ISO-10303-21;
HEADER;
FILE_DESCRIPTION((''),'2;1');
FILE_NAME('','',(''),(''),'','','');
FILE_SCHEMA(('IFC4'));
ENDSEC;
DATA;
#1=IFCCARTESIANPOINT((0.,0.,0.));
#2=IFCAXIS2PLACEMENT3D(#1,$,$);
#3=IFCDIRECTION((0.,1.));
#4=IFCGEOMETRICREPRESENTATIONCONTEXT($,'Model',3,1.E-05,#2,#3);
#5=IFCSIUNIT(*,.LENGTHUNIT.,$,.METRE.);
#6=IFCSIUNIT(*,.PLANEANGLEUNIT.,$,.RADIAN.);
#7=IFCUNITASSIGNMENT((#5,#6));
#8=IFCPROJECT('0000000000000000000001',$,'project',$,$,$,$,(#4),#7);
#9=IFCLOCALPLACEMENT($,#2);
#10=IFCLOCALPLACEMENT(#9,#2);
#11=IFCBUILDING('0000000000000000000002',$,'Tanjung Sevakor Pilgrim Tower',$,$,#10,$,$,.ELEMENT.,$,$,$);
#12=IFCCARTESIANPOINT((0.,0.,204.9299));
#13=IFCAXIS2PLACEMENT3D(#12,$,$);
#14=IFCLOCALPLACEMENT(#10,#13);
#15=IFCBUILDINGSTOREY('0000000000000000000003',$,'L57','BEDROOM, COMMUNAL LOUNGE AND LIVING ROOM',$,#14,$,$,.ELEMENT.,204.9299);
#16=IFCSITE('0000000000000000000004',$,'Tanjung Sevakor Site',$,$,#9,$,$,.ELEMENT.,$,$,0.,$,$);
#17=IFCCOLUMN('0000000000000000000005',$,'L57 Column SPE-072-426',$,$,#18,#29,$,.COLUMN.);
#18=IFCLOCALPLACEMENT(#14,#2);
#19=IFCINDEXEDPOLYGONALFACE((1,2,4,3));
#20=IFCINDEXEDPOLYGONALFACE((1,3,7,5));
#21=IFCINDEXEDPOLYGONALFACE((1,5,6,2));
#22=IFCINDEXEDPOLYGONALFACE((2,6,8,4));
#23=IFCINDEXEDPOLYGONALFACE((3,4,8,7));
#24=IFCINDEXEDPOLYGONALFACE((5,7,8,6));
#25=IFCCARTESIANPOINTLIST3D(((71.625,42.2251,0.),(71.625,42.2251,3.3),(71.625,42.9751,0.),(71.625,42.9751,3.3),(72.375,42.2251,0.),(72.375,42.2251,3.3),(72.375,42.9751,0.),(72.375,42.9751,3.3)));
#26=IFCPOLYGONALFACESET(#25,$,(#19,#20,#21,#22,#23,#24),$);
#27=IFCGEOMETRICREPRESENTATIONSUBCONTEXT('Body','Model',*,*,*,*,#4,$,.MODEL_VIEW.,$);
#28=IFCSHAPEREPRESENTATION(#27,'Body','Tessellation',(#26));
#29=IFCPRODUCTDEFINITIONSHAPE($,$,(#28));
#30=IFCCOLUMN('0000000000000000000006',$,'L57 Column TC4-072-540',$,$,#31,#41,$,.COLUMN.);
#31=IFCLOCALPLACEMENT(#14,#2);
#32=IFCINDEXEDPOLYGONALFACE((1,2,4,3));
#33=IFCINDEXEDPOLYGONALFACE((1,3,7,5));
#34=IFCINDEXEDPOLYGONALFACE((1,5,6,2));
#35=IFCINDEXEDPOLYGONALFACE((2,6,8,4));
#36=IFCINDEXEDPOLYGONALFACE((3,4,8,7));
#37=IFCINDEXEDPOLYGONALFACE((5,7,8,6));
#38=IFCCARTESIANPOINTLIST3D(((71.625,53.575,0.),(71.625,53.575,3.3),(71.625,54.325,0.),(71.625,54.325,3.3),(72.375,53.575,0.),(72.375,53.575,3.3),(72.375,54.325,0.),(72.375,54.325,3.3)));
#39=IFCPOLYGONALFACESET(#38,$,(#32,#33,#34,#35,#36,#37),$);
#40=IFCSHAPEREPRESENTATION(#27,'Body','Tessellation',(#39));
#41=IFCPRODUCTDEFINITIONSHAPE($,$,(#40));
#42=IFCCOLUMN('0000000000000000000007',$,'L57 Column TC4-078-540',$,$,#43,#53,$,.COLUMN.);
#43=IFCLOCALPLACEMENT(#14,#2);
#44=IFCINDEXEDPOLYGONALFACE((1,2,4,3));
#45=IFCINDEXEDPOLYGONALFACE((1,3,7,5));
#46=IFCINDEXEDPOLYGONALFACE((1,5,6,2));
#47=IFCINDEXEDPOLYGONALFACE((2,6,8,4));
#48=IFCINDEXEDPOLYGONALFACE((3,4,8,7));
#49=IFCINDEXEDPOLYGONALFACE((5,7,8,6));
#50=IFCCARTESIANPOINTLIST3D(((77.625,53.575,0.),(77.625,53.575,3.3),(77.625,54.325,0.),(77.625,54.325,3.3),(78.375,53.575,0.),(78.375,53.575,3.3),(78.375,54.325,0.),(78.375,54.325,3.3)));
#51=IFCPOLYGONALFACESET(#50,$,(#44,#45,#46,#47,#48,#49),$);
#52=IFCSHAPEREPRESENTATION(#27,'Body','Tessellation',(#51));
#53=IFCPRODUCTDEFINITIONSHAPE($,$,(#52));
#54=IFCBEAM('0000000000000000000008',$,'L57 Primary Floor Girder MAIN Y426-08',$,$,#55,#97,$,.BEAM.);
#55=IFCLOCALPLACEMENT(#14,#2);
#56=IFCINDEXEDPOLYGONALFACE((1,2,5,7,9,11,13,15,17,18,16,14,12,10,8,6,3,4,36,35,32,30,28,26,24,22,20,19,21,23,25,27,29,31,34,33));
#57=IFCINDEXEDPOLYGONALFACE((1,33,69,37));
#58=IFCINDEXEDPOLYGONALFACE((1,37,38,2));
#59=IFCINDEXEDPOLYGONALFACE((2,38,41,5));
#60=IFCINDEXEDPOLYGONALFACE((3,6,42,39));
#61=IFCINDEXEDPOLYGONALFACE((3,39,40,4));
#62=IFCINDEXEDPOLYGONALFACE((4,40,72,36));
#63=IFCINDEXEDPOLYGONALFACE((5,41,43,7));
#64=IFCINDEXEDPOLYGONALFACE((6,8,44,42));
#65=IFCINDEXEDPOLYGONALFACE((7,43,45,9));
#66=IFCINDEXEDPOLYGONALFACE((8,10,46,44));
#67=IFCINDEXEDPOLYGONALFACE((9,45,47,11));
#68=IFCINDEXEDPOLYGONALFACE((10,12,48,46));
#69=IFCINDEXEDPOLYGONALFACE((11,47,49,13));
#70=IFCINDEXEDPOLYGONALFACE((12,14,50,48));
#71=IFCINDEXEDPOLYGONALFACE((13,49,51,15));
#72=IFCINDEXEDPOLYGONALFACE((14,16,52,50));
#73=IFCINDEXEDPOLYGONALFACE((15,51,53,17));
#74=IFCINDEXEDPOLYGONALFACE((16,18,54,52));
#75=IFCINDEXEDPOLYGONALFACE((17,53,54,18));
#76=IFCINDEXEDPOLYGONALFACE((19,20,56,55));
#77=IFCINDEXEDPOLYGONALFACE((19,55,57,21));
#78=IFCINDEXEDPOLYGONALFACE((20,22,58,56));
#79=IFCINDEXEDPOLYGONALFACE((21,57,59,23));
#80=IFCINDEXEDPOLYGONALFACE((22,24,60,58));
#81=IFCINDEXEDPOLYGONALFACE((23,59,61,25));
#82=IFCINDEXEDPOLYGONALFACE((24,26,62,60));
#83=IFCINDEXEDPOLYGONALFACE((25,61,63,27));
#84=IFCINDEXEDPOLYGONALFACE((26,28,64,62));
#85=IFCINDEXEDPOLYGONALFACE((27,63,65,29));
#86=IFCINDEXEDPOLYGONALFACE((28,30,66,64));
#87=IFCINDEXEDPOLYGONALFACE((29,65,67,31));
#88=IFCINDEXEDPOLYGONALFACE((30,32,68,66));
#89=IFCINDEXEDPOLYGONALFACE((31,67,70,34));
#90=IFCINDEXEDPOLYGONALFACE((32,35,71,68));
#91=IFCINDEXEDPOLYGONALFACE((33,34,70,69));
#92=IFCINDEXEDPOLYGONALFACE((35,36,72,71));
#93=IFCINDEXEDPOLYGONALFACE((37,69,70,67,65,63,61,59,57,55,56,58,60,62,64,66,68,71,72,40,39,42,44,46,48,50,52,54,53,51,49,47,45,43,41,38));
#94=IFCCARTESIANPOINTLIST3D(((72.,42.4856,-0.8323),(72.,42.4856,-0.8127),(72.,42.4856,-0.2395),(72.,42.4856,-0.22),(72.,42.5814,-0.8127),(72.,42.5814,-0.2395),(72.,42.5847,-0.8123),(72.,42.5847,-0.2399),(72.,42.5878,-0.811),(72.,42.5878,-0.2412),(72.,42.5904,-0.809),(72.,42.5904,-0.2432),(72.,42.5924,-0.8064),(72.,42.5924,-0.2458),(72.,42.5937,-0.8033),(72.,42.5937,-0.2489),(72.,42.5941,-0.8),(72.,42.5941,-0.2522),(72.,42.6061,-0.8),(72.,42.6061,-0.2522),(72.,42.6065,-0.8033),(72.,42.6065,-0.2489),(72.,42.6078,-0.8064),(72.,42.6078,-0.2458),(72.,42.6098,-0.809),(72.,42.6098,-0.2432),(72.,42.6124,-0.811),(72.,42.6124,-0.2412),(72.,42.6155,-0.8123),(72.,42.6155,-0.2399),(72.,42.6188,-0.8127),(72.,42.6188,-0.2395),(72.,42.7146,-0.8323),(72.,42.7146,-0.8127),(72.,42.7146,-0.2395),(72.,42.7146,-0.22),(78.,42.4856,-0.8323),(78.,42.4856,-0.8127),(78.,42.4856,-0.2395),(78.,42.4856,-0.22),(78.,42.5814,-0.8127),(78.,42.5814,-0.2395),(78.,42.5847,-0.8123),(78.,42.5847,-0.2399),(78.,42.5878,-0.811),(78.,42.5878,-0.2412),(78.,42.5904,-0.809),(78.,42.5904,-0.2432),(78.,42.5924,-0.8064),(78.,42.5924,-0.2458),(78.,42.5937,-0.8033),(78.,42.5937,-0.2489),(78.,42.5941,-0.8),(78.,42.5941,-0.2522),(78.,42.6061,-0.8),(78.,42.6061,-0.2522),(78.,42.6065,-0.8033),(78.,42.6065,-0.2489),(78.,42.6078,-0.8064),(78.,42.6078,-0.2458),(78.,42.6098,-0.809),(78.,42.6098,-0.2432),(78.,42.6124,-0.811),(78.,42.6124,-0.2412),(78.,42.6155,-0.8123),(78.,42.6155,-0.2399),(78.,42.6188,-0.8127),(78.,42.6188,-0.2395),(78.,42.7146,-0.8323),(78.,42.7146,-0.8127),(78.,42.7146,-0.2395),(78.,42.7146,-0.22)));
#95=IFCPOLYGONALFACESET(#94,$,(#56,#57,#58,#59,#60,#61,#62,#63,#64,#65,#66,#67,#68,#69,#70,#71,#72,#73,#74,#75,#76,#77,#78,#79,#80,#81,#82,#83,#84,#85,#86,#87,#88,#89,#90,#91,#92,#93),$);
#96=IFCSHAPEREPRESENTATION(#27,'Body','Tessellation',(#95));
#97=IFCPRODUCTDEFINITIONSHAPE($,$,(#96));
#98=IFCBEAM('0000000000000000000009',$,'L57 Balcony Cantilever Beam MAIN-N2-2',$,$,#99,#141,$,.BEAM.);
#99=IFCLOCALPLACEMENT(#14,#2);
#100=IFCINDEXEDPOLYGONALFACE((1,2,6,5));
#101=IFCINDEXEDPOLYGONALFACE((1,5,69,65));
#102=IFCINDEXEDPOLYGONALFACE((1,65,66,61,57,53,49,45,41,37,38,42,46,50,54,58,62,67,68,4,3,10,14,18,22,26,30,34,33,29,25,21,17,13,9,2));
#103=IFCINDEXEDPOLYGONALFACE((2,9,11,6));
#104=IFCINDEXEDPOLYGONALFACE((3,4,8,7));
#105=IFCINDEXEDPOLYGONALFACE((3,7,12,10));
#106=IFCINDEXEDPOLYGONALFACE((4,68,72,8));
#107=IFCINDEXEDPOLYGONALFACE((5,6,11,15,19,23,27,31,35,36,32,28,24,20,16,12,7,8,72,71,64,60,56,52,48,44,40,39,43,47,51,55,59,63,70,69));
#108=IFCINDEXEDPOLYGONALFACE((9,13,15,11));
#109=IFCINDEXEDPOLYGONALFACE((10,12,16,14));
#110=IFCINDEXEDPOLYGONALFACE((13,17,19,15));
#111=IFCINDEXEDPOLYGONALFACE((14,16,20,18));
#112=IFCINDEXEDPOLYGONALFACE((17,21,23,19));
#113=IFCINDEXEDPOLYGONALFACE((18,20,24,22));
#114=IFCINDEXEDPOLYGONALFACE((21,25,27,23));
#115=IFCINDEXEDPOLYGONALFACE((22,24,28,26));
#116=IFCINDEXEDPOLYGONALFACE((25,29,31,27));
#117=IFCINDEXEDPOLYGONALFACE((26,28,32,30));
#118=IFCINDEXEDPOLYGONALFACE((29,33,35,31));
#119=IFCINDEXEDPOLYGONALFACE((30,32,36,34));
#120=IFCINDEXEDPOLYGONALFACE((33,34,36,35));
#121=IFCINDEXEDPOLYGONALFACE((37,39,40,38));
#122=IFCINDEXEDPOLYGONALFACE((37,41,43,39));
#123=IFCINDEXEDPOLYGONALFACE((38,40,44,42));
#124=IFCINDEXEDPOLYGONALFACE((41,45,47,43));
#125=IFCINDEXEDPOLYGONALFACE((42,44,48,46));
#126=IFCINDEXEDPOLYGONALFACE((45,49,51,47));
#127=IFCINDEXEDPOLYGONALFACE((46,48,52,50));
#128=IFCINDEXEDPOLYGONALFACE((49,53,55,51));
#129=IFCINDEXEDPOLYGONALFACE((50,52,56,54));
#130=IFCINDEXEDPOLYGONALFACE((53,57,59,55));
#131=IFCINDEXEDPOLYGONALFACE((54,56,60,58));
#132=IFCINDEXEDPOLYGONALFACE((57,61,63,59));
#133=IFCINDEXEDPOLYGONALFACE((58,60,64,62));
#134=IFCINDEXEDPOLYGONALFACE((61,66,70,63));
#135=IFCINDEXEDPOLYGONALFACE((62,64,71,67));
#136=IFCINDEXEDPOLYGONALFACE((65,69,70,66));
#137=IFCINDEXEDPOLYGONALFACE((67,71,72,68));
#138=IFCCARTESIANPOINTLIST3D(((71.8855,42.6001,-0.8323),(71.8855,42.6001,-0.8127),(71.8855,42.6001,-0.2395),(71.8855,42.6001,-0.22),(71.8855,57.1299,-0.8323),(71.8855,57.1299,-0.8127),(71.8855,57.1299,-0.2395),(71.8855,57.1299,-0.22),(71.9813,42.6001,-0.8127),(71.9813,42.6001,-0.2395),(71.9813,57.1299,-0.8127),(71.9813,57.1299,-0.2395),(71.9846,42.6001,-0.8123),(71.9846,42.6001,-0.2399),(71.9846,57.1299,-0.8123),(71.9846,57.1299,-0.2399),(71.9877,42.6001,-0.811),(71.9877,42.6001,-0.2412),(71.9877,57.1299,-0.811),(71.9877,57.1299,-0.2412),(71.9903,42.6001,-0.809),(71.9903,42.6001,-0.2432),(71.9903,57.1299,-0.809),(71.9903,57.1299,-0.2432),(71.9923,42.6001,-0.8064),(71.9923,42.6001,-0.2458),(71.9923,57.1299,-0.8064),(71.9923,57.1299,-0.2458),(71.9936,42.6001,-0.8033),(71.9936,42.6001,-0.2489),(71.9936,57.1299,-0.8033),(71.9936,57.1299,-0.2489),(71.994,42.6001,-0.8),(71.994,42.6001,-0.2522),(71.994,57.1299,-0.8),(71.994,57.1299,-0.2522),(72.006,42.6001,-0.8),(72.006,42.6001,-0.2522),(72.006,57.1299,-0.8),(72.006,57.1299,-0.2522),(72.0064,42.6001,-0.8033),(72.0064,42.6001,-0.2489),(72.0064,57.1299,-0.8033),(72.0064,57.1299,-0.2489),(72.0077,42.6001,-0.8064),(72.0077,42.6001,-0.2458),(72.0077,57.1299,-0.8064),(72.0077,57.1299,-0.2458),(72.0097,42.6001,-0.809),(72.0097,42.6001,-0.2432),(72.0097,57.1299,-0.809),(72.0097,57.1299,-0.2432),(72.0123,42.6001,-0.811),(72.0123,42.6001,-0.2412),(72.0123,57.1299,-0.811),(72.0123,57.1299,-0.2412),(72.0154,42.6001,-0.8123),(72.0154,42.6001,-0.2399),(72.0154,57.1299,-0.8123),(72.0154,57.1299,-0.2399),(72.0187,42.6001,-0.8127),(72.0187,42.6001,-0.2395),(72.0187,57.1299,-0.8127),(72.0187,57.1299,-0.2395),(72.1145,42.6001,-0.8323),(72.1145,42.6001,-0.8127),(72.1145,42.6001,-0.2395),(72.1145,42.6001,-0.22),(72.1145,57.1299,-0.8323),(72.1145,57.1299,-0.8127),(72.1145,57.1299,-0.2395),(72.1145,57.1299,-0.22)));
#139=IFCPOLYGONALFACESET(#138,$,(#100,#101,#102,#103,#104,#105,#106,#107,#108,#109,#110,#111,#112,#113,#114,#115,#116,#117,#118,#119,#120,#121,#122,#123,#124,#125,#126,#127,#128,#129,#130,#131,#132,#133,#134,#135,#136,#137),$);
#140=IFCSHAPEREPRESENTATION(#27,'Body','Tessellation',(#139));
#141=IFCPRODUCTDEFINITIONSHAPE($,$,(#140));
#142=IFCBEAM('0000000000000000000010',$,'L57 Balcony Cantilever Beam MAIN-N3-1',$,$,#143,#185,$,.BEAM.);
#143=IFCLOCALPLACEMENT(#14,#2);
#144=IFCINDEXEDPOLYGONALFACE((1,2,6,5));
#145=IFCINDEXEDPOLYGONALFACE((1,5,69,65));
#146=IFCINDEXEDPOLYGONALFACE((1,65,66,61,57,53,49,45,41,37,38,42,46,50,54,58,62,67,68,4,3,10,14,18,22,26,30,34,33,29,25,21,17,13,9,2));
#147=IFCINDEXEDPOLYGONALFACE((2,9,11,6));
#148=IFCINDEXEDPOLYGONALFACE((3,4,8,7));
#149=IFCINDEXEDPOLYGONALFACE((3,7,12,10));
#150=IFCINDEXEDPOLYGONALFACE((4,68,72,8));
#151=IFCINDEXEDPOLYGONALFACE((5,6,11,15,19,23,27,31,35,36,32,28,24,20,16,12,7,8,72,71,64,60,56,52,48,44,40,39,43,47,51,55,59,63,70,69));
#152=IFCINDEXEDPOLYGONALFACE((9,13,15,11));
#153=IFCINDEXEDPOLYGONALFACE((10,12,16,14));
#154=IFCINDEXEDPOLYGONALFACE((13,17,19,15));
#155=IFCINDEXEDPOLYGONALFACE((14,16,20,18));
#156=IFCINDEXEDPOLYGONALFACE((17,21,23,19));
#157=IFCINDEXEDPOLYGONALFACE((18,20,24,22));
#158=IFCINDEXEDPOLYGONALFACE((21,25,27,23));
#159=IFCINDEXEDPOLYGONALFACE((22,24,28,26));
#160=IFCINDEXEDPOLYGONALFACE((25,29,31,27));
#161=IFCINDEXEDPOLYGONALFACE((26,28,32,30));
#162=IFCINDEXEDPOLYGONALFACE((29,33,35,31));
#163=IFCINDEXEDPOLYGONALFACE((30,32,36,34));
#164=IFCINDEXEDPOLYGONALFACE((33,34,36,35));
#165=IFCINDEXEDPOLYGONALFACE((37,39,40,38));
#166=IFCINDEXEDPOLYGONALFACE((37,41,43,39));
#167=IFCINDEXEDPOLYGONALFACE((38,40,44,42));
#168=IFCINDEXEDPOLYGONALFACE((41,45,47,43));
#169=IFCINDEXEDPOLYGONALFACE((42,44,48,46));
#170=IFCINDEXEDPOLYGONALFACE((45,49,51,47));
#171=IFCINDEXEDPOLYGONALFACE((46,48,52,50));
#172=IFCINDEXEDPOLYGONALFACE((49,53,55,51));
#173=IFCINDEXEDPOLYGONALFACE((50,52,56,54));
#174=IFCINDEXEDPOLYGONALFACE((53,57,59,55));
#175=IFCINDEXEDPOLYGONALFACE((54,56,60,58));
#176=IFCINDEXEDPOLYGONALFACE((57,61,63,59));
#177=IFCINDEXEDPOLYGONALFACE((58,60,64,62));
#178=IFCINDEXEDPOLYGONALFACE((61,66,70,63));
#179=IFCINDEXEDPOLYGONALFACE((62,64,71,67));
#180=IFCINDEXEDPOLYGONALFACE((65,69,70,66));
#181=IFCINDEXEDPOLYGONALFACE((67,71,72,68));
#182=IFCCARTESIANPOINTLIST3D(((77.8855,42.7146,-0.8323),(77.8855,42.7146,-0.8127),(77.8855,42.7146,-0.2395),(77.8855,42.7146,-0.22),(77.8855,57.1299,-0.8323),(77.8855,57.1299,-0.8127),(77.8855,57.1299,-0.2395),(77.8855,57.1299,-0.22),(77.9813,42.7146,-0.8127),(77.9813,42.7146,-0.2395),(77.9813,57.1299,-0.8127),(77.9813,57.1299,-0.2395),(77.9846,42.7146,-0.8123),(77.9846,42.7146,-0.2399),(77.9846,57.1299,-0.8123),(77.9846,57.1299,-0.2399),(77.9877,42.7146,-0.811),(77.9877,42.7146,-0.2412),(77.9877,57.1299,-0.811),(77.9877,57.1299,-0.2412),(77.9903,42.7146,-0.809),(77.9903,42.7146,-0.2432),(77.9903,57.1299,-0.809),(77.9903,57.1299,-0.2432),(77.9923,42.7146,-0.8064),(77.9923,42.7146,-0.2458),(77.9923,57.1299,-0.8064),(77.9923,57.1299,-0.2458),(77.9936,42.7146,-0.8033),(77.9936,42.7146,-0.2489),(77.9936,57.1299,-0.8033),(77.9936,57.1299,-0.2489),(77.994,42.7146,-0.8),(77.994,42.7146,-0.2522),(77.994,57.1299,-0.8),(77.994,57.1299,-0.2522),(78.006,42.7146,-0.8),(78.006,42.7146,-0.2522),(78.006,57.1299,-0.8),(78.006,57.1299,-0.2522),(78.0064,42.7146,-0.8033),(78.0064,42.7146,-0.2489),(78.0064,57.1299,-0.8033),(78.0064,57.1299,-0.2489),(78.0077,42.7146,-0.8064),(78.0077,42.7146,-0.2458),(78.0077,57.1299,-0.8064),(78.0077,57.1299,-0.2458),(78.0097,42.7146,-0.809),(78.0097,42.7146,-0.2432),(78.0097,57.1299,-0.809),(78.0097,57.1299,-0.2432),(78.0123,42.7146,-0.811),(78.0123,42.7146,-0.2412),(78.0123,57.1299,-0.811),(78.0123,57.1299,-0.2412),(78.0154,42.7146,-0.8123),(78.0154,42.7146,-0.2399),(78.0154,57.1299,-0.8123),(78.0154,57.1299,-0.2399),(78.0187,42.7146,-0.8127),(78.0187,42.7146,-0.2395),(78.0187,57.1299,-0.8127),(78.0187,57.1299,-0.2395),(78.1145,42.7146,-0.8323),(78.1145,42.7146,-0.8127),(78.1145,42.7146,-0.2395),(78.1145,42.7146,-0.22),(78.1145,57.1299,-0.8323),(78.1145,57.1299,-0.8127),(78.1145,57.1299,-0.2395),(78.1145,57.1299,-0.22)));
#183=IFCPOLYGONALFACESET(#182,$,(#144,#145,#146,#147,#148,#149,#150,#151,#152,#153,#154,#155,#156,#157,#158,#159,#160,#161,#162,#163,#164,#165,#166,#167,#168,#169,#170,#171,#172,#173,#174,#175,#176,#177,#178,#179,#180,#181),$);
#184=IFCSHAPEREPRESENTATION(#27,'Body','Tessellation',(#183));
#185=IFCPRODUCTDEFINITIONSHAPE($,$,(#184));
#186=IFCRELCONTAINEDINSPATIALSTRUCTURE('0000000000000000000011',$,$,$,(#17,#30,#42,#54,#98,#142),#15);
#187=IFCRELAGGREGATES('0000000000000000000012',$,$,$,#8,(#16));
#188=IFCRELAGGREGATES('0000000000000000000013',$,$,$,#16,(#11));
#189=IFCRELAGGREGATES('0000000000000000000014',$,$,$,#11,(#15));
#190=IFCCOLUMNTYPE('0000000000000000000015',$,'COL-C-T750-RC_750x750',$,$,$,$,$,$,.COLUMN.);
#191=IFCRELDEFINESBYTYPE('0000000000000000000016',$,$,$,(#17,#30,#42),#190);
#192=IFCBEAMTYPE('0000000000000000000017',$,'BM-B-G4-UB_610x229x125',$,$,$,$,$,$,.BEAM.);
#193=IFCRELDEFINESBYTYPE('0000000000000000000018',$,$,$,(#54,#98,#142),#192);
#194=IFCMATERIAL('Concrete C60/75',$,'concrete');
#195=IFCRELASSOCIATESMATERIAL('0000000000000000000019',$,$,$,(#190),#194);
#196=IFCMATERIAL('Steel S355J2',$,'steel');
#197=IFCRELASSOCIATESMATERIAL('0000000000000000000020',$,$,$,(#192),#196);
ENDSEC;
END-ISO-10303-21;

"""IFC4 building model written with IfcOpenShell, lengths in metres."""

from ifc_helpers import new_model, si_unit, direction, frame, origin, origin_2d, place, context, subcontext, project, spatial, rectangle, i_section, extrude, material, material_profile, profile_set, type_object, element, save


model = new_model("IFC4")

# Units and contexts
model_context = context("Model", 3, precision=1e-05, world=origin(), true_north=direction((0.0, 1.0)))
body_context = subcontext(model_context, "Body", "Model", "MODEL_VIEW")
ifc_project = project(units=[si_unit("LENGTHUNIT", "METRE"), si_unit("PLANEANGLEUNIT", "RADIAN")], contexts=[model_context])

# Site, building, storey
site_placement = place(None, origin())
site = spatial("IfcSite", under=ifc_project, at=site_placement, Name="Tanjung Sevakor Site", CompositionType="ELEMENT", RefElevation=0.0)
building_placement = place(site_placement, origin())
building = spatial("IfcBuilding", under=site, at=building_placement, Name="Tanjung Sevakor Pilgrim Tower", CompositionType="ELEMENT")
storey_placement = place(building_placement, frame((0.0, 0.0, 204.9299)))
storey = spatial("IfcBuildingStorey", under=building, at=storey_placement, Name="L57", Description="BEDROOM, COMMUNAL LOUNGE AND LIVING ROOM", CompositionType="ELEMENT", Elevation=204.9299)

# Columns
ifc_material_1 = material(Name="Concrete C60/75", Category="concrete")
ifc_material_profile_1 = material_profile(ifc_material_1, rectangle(XDim=0.75, YDim=0.75, at=origin_2d()))
ifc_profile_set_1 = profile_set([ifc_material_profile_1], Name="Concrete C60/75")
column_type = type_object("IfcColumnType", Name="COL-C-T750-RC_750x750", PredefinedType="COLUMN", material=ifc_profile_set_1)
for number, where, z_axis, x_axis, name in (
    (1, (72.0, 42.6001, 0.0), (0.0, 0.0, 1.0), (1.0, 0.0, 0.0), "L57 Column SPE-072-426"),
    (2, (72.0, 53.95, 0.0), (0.0, 0.0, 1.0), (1.0, 0.0, 0.0), "L57 Column TC4-072-540"),
    (3, (78.0, 53.95, 0.0), (0.0, 0.0, 1.0), (1.0, 0.0, 0.0), "L57 Column TC4-078-540"),
):
    element("IfcColumn", number, at=place(storey_placement, frame(where, z_axis=z_axis, x_axis=x_axis)), inside=storey, type_object=column_type, Name=name, PredefinedType="COLUMN", context=body_context, shape_type="SweptSolid", body=[
        extrude(rectangle(XDim=0.75, YDim=0.75, at=origin_2d()), origin(), (0.0, 0.0, 1.0), 3.3),
    ])

# Beams
ifc_material_2 = material(Name="Steel S355J2", Category="steel")
ifc_material_profile_2 = material_profile(ifc_material_2, i_section(OverallWidth=0.229, OverallDepth=0.6123, WebThickness=0.012, FlangeThickness=0.0195, FilletRadius=0.0127, at=origin_2d()))
ifc_profile_set_2 = profile_set([ifc_material_profile_2], Name="Steel S355J2")
beam_type_1 = type_object("IfcBeamType", Name="BM-B-G4-UB_610x229x125", PredefinedType="BEAM", material=ifc_profile_set_2)
beam_1_placement = place(storey_placement, frame((72.0, 42.6001, -0.5261), z_axis=(1.0, 0.0, 0.0), x_axis=(0.0, 1.0, 0.0)))
element("IfcBeam", 4, at=beam_1_placement, inside=storey, type_object=beam_type_1, Name="L57 Primary Floor Girder MAIN Y426-08", PredefinedType="BEAM", context=body_context, shape_type="SweptSolid", body=[
    extrude(i_section(OverallWidth=0.229, OverallDepth=0.6123, WebThickness=0.012, FlangeThickness=0.0195, FilletRadius=0.0127, at=origin_2d()), origin(), (0.0, 0.0, 1.0), 6.0),
])
beam_2_placement = place(storey_placement, frame((72.0, 42.6001, -0.5261), z_axis=(0.0, 1.0, 0.0), x_axis=(-1.0, 0.0, 0.0)))
element("IfcBeam", 5, at=beam_2_placement, inside=storey, type_object=beam_type_1, Name="L57 Balcony Cantilever Beam MAIN-N2-2", PredefinedType="BEAM", context=body_context, shape_type="SweptSolid", body=[
    extrude(i_section(OverallWidth=0.229, OverallDepth=0.6123, WebThickness=0.012, FlangeThickness=0.0195, FilletRadius=0.0127, at=origin_2d()), origin(), (0.0, 0.0, 1.0), 14.5298),
])
beam_3_placement = place(storey_placement, frame((78.0, 42.7146, -0.5261), z_axis=(0.0, 1.0, 0.0), x_axis=(-1.0, 0.0, 0.0)))
element("IfcBeam", 6, at=beam_3_placement, inside=storey, type_object=beam_type_1, Name="L57 Balcony Cantilever Beam MAIN-N3-1", PredefinedType="BEAM", context=body_context, shape_type="SweptSolid", body=[
    extrude(i_section(OverallWidth=0.229, OverallDepth=0.6123, WebThickness=0.012, FlangeThickness=0.0195, FilletRadius=0.0127, at=origin_2d()), origin(), (0.0, 0.0, 1.0), 14.4153),
])

save(model, "model.ifc")
